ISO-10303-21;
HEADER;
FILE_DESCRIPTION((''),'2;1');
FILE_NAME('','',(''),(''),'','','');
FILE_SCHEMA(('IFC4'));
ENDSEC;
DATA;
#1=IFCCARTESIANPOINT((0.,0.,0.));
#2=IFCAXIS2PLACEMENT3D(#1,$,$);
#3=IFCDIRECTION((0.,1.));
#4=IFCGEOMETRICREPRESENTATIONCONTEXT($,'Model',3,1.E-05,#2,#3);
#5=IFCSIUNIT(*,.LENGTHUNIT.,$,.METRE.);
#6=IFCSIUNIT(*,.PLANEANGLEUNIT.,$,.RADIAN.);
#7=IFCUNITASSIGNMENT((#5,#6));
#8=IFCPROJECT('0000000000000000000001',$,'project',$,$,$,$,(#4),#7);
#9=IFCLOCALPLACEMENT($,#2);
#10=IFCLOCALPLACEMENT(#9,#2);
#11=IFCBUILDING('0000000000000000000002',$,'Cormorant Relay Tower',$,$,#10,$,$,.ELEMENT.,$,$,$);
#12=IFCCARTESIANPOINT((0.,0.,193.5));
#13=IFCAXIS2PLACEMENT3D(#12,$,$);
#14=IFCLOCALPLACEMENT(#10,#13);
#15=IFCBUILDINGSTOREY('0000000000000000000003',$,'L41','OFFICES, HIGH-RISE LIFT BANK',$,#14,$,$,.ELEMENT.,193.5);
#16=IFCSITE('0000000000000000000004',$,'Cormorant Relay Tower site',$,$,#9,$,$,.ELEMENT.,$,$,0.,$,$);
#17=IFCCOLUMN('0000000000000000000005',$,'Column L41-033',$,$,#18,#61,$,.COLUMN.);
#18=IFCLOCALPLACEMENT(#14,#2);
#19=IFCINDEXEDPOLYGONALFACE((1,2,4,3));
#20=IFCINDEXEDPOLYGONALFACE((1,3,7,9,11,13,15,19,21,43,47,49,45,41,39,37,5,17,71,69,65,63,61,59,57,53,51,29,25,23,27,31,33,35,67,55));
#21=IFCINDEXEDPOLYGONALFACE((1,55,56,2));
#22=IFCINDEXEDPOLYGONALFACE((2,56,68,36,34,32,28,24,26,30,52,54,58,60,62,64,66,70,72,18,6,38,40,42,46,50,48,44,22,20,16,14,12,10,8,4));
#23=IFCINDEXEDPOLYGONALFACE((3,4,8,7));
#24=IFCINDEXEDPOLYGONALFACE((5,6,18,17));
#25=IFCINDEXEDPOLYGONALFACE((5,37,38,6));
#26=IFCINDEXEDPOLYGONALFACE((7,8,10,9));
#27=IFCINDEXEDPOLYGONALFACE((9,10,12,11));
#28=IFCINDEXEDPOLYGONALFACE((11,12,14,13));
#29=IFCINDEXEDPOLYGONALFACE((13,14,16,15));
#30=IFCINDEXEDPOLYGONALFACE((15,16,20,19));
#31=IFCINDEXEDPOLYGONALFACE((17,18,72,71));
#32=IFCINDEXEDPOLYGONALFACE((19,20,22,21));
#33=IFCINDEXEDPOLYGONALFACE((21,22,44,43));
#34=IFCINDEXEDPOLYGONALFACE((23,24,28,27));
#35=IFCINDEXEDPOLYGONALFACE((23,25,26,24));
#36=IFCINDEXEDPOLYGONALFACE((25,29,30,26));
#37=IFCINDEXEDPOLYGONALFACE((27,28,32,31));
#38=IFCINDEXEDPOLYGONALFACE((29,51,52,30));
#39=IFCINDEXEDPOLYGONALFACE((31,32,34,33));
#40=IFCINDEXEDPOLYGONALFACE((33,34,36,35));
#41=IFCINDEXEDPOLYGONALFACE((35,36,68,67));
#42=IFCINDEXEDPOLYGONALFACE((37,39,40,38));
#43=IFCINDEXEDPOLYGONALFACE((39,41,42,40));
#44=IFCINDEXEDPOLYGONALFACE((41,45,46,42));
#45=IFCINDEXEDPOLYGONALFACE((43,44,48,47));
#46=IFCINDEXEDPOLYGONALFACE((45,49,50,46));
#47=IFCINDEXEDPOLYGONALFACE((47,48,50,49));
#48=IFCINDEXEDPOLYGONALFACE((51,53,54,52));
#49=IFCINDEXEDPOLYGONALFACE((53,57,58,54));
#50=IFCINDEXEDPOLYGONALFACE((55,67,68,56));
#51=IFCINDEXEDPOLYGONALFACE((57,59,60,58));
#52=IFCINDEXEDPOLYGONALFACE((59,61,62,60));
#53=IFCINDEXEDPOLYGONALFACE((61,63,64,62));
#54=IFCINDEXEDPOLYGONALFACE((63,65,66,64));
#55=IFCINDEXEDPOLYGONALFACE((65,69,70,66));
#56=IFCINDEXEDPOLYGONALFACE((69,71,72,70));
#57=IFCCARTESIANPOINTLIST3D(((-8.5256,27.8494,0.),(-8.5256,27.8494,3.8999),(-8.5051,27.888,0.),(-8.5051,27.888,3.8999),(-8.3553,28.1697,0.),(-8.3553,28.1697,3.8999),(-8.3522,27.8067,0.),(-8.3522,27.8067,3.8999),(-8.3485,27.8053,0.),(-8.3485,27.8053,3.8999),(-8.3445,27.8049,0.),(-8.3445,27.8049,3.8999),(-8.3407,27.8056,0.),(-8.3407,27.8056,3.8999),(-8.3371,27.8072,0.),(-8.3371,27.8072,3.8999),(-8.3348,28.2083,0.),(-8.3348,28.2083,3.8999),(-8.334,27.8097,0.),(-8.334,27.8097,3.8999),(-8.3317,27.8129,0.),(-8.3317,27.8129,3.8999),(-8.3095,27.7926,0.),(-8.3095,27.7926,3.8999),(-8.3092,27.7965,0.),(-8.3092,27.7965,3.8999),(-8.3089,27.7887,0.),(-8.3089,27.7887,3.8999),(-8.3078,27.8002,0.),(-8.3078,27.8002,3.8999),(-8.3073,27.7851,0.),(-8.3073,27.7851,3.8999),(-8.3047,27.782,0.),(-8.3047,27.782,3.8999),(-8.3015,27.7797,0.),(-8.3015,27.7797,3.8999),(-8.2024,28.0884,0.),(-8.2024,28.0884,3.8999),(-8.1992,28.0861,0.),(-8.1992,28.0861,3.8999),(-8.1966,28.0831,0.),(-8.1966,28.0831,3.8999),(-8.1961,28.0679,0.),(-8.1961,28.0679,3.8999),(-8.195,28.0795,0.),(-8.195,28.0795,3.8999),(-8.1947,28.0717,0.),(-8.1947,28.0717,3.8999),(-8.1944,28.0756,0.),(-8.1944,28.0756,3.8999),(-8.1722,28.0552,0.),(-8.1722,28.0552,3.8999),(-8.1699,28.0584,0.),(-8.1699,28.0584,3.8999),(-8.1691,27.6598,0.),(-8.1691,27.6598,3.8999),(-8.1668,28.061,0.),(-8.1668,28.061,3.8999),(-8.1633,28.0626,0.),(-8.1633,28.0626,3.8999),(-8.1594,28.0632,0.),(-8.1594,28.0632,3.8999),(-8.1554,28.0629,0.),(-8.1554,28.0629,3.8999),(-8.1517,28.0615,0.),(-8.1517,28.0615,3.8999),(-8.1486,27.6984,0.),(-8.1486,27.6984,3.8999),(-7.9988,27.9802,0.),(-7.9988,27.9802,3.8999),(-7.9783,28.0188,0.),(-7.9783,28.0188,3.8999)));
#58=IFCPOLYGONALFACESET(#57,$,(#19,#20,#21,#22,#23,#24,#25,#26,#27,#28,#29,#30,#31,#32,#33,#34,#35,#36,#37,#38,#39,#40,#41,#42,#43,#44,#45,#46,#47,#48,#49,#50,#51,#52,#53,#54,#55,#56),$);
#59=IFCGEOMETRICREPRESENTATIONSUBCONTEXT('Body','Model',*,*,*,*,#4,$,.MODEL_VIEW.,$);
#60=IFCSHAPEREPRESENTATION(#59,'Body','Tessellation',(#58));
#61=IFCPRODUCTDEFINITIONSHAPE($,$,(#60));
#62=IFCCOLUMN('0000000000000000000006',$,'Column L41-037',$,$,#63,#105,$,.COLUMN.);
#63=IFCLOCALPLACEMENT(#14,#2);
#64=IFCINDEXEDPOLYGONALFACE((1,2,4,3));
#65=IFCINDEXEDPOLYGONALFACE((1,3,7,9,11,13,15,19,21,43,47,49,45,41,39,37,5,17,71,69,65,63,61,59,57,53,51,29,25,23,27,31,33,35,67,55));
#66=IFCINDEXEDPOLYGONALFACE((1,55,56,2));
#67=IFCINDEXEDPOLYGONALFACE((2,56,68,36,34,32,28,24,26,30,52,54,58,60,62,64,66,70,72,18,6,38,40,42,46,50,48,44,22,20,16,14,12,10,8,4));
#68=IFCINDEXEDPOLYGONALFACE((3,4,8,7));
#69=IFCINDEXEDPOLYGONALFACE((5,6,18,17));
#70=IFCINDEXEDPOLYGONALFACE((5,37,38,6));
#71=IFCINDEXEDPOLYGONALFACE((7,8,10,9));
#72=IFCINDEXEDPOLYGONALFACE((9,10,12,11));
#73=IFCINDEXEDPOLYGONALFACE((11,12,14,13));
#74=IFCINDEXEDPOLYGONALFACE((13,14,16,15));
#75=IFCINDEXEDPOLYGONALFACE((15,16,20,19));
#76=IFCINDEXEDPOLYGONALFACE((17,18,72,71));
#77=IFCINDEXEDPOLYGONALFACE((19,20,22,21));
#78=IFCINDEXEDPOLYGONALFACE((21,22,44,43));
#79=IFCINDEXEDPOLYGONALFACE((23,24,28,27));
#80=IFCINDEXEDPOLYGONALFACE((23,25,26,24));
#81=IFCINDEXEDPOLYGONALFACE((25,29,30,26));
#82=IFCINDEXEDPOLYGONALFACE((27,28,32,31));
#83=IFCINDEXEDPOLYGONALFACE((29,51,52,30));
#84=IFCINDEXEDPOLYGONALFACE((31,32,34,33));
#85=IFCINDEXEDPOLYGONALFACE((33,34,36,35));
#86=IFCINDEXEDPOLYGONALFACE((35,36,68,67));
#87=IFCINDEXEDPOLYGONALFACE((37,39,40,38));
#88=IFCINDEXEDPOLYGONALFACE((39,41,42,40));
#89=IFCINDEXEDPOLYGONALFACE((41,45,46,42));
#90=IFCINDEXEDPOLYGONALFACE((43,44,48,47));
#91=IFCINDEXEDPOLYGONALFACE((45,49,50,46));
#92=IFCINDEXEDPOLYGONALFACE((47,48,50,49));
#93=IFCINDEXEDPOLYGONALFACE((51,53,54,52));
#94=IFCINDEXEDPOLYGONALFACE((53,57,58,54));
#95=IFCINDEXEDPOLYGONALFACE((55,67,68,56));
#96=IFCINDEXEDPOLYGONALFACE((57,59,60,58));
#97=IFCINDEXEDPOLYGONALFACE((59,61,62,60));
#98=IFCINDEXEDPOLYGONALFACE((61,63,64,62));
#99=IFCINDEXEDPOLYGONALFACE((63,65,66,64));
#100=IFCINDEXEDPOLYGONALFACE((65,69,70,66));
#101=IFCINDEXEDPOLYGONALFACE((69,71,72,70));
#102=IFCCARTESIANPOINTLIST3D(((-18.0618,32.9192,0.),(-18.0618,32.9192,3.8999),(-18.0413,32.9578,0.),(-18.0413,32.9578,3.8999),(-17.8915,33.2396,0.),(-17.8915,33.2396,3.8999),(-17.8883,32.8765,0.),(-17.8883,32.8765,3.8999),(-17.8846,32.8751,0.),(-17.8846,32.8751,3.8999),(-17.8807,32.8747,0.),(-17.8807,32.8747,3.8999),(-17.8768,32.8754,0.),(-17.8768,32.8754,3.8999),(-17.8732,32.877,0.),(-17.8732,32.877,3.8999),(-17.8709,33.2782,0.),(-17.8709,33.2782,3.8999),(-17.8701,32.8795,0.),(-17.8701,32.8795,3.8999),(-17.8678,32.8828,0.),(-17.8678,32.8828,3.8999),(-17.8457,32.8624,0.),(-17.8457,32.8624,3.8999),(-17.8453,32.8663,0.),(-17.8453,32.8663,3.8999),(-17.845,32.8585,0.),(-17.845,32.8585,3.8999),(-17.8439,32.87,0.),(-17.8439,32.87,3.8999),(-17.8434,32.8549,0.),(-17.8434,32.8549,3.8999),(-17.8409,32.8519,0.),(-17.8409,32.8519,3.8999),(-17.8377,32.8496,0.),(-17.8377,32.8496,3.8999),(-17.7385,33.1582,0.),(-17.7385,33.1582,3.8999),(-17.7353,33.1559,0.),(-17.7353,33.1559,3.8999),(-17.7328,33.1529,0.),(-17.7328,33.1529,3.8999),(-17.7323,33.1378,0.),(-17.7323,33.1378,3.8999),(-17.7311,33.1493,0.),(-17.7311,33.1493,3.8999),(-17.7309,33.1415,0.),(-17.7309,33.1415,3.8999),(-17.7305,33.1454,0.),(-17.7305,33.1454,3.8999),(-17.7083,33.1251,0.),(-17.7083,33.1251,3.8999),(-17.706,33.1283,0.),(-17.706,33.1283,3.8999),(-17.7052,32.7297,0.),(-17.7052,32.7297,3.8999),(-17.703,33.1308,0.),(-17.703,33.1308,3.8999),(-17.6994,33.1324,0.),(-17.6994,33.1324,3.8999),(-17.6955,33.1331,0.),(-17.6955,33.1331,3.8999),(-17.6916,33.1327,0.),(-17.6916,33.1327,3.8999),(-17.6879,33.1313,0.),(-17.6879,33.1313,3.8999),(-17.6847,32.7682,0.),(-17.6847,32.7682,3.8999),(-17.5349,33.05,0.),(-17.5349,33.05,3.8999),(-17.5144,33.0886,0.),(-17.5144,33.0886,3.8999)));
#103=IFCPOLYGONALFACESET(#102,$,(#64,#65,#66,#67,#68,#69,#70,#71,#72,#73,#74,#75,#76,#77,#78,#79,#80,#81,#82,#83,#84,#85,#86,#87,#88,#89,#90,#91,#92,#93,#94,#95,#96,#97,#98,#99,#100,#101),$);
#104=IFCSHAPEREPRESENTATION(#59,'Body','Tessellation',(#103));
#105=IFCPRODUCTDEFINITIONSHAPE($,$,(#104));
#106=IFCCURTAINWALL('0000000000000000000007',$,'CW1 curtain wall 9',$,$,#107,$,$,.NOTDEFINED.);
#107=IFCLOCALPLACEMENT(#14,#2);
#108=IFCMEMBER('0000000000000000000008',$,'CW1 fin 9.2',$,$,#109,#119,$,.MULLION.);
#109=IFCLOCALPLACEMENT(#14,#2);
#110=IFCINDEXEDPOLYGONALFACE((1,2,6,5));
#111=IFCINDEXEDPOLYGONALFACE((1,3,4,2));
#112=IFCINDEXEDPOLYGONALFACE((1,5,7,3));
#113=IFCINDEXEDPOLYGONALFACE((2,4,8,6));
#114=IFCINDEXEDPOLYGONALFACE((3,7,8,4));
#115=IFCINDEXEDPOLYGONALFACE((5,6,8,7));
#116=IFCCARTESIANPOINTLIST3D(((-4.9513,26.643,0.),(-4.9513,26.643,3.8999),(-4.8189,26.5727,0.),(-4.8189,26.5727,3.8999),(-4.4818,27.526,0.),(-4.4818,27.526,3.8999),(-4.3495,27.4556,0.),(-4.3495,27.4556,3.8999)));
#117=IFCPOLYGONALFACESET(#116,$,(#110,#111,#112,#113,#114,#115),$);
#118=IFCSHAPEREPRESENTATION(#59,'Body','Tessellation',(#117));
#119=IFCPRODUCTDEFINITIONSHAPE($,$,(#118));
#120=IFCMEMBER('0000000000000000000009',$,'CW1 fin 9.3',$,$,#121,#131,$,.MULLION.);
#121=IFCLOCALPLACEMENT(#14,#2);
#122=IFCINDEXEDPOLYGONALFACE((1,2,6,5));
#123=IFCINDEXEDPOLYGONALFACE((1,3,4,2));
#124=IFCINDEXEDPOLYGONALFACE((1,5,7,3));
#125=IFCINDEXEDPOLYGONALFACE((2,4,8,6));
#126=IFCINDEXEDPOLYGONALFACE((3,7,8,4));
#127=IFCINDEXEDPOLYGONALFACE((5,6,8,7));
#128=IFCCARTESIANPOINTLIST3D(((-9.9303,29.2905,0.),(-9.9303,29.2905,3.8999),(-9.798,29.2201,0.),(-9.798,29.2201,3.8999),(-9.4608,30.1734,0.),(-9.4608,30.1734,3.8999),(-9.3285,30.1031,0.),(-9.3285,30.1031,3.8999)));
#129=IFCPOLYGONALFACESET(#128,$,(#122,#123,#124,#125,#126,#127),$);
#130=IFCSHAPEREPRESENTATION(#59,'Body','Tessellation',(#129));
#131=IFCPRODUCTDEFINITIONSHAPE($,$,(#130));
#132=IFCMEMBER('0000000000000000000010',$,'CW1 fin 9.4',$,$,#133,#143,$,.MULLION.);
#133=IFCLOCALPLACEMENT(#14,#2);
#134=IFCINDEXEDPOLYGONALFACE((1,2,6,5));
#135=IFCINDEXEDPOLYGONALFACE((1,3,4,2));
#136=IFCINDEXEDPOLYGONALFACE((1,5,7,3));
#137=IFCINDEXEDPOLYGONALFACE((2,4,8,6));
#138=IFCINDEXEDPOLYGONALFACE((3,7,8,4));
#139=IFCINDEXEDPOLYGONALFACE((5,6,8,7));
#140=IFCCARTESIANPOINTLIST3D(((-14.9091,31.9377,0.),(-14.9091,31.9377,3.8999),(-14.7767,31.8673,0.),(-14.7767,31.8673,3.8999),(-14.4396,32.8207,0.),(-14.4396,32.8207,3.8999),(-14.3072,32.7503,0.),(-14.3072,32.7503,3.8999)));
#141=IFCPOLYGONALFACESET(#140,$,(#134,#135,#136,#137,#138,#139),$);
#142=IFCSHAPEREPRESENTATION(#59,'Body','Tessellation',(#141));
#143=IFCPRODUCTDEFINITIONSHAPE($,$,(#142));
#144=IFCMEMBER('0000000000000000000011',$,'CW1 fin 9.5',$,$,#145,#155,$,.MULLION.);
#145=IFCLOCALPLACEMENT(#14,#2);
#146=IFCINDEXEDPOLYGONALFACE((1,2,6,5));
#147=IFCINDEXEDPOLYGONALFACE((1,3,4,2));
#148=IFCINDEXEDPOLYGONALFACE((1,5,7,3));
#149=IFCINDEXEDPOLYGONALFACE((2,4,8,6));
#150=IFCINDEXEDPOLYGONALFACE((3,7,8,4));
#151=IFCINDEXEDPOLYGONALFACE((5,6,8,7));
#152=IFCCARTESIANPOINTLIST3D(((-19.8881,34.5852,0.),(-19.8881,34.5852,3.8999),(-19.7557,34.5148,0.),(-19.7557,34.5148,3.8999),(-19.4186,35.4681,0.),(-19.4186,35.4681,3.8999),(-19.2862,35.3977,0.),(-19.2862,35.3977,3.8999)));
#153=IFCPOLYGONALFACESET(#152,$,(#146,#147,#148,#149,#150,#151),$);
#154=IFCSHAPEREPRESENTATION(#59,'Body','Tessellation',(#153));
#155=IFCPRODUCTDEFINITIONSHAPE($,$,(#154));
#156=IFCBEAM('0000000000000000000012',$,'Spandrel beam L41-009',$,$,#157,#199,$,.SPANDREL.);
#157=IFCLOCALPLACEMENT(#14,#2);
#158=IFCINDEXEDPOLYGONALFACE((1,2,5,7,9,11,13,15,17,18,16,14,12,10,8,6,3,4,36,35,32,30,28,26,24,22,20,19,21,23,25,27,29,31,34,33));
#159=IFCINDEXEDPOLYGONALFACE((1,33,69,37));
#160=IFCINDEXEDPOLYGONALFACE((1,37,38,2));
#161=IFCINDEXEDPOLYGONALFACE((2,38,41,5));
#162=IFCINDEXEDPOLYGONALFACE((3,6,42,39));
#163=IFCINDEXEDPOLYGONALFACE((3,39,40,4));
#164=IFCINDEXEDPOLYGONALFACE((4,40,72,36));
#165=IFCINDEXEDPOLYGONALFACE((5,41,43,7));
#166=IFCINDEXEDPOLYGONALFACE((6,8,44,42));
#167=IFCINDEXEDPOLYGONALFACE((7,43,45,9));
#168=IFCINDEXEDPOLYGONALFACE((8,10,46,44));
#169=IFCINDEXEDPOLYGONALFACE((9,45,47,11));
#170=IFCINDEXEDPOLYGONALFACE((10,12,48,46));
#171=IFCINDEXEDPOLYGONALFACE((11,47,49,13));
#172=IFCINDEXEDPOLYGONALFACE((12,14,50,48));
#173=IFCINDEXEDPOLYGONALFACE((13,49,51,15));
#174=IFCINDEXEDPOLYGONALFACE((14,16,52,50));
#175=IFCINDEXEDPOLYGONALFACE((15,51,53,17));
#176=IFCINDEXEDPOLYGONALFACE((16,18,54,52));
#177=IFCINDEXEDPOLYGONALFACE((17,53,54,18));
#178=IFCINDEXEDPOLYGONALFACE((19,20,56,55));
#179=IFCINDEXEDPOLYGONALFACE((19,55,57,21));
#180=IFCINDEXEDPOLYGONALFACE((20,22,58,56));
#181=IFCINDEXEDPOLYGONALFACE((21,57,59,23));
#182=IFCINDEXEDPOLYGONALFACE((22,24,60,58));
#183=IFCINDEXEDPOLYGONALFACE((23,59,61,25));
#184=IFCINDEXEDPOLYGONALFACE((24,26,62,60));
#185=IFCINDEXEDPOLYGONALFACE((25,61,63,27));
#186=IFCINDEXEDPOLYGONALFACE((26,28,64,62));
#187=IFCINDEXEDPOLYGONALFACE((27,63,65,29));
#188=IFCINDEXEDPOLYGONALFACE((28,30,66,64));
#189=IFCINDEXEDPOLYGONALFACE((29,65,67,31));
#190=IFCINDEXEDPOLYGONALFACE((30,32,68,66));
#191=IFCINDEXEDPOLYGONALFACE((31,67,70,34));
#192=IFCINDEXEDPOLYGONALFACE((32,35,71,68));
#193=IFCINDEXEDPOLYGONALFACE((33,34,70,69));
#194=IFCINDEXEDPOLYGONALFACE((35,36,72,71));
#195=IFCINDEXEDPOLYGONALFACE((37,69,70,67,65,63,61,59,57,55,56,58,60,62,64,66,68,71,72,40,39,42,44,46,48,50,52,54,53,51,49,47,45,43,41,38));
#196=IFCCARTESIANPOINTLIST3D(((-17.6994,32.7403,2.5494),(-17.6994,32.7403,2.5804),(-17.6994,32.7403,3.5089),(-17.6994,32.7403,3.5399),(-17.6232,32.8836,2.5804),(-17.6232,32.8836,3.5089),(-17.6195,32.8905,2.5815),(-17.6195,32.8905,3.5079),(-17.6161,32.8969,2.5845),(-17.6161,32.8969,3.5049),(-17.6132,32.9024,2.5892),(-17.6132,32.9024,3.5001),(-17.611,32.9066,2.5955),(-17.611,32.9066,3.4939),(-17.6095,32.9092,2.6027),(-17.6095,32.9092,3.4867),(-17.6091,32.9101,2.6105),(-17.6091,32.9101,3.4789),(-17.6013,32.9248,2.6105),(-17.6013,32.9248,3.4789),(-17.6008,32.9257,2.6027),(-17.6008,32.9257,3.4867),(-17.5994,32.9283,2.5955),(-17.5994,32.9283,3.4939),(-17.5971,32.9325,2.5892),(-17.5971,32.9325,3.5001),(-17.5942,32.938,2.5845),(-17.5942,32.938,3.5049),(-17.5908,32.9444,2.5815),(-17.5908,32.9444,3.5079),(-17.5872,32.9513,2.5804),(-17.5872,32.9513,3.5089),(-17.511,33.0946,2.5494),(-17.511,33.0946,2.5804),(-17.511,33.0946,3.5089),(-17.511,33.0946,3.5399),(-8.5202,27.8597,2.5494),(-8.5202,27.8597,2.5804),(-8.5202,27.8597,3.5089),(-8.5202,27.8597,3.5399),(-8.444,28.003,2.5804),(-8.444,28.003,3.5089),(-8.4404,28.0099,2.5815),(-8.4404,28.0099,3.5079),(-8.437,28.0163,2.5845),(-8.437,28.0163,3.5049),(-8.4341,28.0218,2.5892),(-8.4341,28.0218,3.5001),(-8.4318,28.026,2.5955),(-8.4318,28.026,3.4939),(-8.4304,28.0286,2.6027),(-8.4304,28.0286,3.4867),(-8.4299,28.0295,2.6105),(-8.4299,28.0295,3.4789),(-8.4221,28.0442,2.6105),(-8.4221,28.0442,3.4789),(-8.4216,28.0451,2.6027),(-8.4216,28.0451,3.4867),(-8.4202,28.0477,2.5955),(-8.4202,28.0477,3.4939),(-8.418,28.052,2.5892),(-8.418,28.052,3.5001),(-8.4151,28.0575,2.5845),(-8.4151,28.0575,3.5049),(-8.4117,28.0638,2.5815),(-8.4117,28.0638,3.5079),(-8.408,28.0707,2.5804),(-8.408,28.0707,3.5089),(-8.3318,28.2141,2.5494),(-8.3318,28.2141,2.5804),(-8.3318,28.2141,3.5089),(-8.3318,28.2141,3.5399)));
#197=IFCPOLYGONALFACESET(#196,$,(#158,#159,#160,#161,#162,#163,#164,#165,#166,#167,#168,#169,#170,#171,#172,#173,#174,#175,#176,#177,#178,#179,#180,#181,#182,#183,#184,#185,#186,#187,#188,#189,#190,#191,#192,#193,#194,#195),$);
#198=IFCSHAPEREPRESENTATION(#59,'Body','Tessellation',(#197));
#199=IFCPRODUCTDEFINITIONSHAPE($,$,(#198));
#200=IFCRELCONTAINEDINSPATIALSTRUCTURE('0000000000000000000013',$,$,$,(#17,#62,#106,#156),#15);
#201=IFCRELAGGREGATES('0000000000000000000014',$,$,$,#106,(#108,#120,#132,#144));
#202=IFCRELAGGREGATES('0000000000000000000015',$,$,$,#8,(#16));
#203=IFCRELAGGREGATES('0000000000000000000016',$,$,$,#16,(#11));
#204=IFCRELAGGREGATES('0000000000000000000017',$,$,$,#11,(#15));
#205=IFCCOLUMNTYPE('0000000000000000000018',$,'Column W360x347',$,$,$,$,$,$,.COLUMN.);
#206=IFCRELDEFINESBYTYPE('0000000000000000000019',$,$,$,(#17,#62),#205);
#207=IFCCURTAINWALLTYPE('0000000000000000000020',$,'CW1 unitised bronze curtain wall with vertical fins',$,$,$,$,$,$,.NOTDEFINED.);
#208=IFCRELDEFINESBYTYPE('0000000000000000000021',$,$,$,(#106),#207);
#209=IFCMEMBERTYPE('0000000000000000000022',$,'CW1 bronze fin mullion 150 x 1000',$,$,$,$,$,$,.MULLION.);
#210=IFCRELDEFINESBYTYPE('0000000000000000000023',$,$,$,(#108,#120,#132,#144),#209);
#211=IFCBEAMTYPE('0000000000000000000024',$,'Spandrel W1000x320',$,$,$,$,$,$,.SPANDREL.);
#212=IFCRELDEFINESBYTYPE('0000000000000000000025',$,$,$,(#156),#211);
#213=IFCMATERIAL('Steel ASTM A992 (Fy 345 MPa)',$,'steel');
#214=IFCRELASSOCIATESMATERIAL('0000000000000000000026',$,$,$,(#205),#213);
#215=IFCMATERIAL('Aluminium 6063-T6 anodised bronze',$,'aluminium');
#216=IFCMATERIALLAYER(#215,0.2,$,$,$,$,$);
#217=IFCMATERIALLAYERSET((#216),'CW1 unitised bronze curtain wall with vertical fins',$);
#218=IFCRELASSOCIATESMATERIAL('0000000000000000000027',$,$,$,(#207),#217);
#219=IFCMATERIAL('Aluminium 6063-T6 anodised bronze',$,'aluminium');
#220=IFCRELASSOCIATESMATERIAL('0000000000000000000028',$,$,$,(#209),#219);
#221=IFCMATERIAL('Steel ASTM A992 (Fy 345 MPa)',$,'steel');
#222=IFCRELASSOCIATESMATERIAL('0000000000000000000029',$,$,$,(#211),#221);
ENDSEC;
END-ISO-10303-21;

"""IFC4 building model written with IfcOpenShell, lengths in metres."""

from ifc_helpers import new_model, si_unit, direction, frame, origin, origin_2d, place, context, subcontext, project, spatial, rectangle, i_section, extrude, material, layer, layer_set, material_profile, profile_set, type_object, element, aggregate, save


model = new_model("IFC4")

# Units and contexts
model_context = context("Model", 3, precision=1e-05, world=origin(), true_north=direction((0.0, 1.0)))
body_context = subcontext(model_context, "Body", "Model", "MODEL_VIEW")
ifc_project = project(units=[si_unit("LENGTHUNIT", "METRE"), si_unit("PLANEANGLEUNIT", "RADIAN")], contexts=[model_context])

# Site, building, storey
site_placement = place(None, origin())
site = spatial("IfcSite", under=ifc_project, at=site_placement, Name="Cormorant Relay Tower site", CompositionType="ELEMENT", RefElevation=0.0)
building_placement = place(site_placement, origin())
building = spatial("IfcBuilding", under=site, at=building_placement, Name="Cormorant Relay Tower", CompositionType="ELEMENT")
storey_placement = place(building_placement, frame((0.0, 0.0, 193.5)))
storey = spatial("IfcBuildingStorey", under=building, at=storey_placement, Name="L41", Description="OFFICES, HIGH-RISE LIFT BANK", CompositionType="ELEMENT", Elevation=193.5)

# Columns
ifc_material_1 = material(Name="Steel ASTM A992 (Fy 345 MPa)", Category="steel")
ifc_material_profile_1 = material_profile(ifc_material_1, i_section(OverallWidth=0.4038, OverallDepth=0.4065, WebThickness=0.0271, FlangeThickness=0.0437, FilletRadius=0.0151, at=origin_2d()), Name="W360x347")
ifc_profile_set_1 = profile_set([ifc_material_profile_1], Name="Steel ASTM A992 (Fy 345 MPa)")
column_type = type_object("IfcColumnType", Name="Column W360x347", PredefinedType="COLUMN", material=ifc_profile_set_1)
for number, where, z_axis, x_axis, name in (
    (1, (-8.252, 27.9341, 0.0), (0.0, 0.0, 1.0), (-0.882948, 0.469472, 0.0), "Column L41-033"),
    (2, (-17.7881, 33.0039, 0.0), (0.0, 0.0, 1.0), (-0.882948, 0.469472, 0.0), "Column L41-037"),
):
    element("IfcColumn", number, at=place(storey_placement, frame(where, z_axis=z_axis, x_axis=x_axis)), inside=storey, type_object=column_type, Name=name, PredefinedType="COLUMN", context=body_context, shape_type="SweptSolid", body=[
        extrude(i_section(OverallWidth=0.4038, OverallDepth=0.4065, WebThickness=0.0271, FlangeThickness=0.0437, FilletRadius=0.0151, at=origin_2d()), origin(), (0.0, 0.0, 1.0), 3.8999),
    ])

# Curtain wall, members
ifc_material_2 = material(Name="Aluminium 6063-T6 anodised bronze", Category="aluminium")
ifc_layer_1 = layer(ifc_material_2, 0.2)
ifc_layer_set_1 = layer_set([ifc_layer_1], Name="CW1 unitised bronze curtain wall with vertical fins")
curtain_wall_type = type_object("IfcCurtainWallType", Name="CW1 unitised bronze curtain wall with vertical fins", PredefinedType="NOTDEFINED", material=ifc_layer_set_1)
curtain_wall_placement = place(storey_placement, origin())
curtain_wall = element("IfcCurtainWall", 3, at=curtain_wall_placement, inside=storey, type_object=curtain_wall_type, Name="CW1 curtain wall 9", PredefinedType="NOTDEFINED")
ifc_material_3 = material(Name="Aluminium 6063-T6 anodised bronze", Category="aluminium")
ifc_material_profile_2 = material_profile(ifc_material_3, rectangle(XDim=0.1499, YDim=1.0, at=origin_2d()), Name="AL 150x1000")
ifc_profile_set_2 = profile_set([ifc_material_profile_2], Name="Aluminium 6063-T6 anodised bronze")
member_type = type_object("IfcMemberType", Name="CW1 bronze fin mullion 150 x 1000", PredefinedType="MULLION", material=ifc_profile_set_2)
member_1_placement = place(storey_placement, frame((-4.6504, 27.0493, 0.0), z_axis=(0.0, 0.0, 1.0), x_axis=(-0.882948, 0.469472, 0.0)))
member_1 = element("IfcMember", 4, at=member_1_placement, type_object=member_type, Name="CW1 fin 9.2", PredefinedType="MULLION", context=body_context, shape_type="SweptSolid", body=[
    extrude(rectangle(XDim=0.1499, YDim=1.0, at=origin_2d()), origin(), (0.0, 0.0, 1.0), 3.8999),
])
member_2_placement = place(storey_placement, frame((-9.6294, 29.6968, 0.0), z_axis=(0.0, 0.0, 1.0), x_axis=(-0.882948, 0.469472, 0.0)))
member_2 = element("IfcMember", 5, at=member_2_placement, type_object=member_type, Name="CW1 fin 9.3", PredefinedType="MULLION", context=body_context, shape_type="SweptSolid", body=[
    extrude(rectangle(XDim=0.1499, YDim=1.0, at=origin_2d()), origin(), (0.0, 0.0, 1.0), 3.8999),
])
member_3_placement = place(storey_placement, frame((-14.6082, 32.344, 0.0), z_axis=(0.0, 0.0, 1.0), x_axis=(-0.882948, 0.469472, 0.0)))
member_3 = element("IfcMember", 6, at=member_3_placement, type_object=member_type, Name="CW1 fin 9.4", PredefinedType="MULLION", context=body_context, shape_type="SweptSolid", body=[
    extrude(rectangle(XDim=0.1499, YDim=1.0, at=origin_2d()), origin(), (0.0, 0.0, 1.0), 3.8999),
])
member_4_placement = place(storey_placement, frame((-19.5872, 34.9915, 0.0), z_axis=(0.0, 0.0, 1.0), x_axis=(-0.882948, 0.469472, 0.0)))
member_4 = element("IfcMember", 7, at=member_4_placement, type_object=member_type, Name="CW1 fin 9.5", PredefinedType="MULLION", context=body_context, shape_type="SweptSolid", body=[
    extrude(rectangle(XDim=0.1499, YDim=1.0, at=origin_2d()), origin(), (0.0, 0.0, 1.0), 3.8999),
])

# Beam
ifc_material_4 = material(Name="Steel ASTM A992 (Fy 345 MPa)", Category="steel")
ifc_material_profile_3 = material_profile(ifc_material_4, i_section(OverallWidth=0.4014, OverallDepth=0.9905, WebThickness=0.0166, FlangeThickness=0.031, FilletRadius=0.03, at=origin_2d()), Name="W1000x320")
ifc_profile_set_3 = profile_set([ifc_material_profile_3], Name="Steel ASTM A992 (Fy 345 MPa)")
beam_type_1 = type_object("IfcBeamType", Name="Spandrel W1000x320", PredefinedType="SPANDREL", material=ifc_profile_set_3)
beam_1_placement = place(storey_placement, frame((-8.426, 28.0369, 3.0447), z_axis=(-0.88295, 0.469468, 0.0), x_axis=(-0.469468, -0.88295, 0.0)))
element("IfcBeam", 8, at=beam_1_placement, inside=storey, type_object=beam_type_1, Name="Spandrel beam L41-009", PredefinedType="SPANDREL", context=body_context, shape_type="SweptSolid", body=[
    extrude(i_section(OverallWidth=0.4014, OverallDepth=0.9905, WebThickness=0.0166, FlangeThickness=0.031, FilletRadius=0.03, at=origin_2d()), origin(), (0.0, 0.0, 1.0), 10.396),
])

aggregate(curtain_wall, [member_1, member_2, member_3, member_4])

save(model, "model.ifc")
